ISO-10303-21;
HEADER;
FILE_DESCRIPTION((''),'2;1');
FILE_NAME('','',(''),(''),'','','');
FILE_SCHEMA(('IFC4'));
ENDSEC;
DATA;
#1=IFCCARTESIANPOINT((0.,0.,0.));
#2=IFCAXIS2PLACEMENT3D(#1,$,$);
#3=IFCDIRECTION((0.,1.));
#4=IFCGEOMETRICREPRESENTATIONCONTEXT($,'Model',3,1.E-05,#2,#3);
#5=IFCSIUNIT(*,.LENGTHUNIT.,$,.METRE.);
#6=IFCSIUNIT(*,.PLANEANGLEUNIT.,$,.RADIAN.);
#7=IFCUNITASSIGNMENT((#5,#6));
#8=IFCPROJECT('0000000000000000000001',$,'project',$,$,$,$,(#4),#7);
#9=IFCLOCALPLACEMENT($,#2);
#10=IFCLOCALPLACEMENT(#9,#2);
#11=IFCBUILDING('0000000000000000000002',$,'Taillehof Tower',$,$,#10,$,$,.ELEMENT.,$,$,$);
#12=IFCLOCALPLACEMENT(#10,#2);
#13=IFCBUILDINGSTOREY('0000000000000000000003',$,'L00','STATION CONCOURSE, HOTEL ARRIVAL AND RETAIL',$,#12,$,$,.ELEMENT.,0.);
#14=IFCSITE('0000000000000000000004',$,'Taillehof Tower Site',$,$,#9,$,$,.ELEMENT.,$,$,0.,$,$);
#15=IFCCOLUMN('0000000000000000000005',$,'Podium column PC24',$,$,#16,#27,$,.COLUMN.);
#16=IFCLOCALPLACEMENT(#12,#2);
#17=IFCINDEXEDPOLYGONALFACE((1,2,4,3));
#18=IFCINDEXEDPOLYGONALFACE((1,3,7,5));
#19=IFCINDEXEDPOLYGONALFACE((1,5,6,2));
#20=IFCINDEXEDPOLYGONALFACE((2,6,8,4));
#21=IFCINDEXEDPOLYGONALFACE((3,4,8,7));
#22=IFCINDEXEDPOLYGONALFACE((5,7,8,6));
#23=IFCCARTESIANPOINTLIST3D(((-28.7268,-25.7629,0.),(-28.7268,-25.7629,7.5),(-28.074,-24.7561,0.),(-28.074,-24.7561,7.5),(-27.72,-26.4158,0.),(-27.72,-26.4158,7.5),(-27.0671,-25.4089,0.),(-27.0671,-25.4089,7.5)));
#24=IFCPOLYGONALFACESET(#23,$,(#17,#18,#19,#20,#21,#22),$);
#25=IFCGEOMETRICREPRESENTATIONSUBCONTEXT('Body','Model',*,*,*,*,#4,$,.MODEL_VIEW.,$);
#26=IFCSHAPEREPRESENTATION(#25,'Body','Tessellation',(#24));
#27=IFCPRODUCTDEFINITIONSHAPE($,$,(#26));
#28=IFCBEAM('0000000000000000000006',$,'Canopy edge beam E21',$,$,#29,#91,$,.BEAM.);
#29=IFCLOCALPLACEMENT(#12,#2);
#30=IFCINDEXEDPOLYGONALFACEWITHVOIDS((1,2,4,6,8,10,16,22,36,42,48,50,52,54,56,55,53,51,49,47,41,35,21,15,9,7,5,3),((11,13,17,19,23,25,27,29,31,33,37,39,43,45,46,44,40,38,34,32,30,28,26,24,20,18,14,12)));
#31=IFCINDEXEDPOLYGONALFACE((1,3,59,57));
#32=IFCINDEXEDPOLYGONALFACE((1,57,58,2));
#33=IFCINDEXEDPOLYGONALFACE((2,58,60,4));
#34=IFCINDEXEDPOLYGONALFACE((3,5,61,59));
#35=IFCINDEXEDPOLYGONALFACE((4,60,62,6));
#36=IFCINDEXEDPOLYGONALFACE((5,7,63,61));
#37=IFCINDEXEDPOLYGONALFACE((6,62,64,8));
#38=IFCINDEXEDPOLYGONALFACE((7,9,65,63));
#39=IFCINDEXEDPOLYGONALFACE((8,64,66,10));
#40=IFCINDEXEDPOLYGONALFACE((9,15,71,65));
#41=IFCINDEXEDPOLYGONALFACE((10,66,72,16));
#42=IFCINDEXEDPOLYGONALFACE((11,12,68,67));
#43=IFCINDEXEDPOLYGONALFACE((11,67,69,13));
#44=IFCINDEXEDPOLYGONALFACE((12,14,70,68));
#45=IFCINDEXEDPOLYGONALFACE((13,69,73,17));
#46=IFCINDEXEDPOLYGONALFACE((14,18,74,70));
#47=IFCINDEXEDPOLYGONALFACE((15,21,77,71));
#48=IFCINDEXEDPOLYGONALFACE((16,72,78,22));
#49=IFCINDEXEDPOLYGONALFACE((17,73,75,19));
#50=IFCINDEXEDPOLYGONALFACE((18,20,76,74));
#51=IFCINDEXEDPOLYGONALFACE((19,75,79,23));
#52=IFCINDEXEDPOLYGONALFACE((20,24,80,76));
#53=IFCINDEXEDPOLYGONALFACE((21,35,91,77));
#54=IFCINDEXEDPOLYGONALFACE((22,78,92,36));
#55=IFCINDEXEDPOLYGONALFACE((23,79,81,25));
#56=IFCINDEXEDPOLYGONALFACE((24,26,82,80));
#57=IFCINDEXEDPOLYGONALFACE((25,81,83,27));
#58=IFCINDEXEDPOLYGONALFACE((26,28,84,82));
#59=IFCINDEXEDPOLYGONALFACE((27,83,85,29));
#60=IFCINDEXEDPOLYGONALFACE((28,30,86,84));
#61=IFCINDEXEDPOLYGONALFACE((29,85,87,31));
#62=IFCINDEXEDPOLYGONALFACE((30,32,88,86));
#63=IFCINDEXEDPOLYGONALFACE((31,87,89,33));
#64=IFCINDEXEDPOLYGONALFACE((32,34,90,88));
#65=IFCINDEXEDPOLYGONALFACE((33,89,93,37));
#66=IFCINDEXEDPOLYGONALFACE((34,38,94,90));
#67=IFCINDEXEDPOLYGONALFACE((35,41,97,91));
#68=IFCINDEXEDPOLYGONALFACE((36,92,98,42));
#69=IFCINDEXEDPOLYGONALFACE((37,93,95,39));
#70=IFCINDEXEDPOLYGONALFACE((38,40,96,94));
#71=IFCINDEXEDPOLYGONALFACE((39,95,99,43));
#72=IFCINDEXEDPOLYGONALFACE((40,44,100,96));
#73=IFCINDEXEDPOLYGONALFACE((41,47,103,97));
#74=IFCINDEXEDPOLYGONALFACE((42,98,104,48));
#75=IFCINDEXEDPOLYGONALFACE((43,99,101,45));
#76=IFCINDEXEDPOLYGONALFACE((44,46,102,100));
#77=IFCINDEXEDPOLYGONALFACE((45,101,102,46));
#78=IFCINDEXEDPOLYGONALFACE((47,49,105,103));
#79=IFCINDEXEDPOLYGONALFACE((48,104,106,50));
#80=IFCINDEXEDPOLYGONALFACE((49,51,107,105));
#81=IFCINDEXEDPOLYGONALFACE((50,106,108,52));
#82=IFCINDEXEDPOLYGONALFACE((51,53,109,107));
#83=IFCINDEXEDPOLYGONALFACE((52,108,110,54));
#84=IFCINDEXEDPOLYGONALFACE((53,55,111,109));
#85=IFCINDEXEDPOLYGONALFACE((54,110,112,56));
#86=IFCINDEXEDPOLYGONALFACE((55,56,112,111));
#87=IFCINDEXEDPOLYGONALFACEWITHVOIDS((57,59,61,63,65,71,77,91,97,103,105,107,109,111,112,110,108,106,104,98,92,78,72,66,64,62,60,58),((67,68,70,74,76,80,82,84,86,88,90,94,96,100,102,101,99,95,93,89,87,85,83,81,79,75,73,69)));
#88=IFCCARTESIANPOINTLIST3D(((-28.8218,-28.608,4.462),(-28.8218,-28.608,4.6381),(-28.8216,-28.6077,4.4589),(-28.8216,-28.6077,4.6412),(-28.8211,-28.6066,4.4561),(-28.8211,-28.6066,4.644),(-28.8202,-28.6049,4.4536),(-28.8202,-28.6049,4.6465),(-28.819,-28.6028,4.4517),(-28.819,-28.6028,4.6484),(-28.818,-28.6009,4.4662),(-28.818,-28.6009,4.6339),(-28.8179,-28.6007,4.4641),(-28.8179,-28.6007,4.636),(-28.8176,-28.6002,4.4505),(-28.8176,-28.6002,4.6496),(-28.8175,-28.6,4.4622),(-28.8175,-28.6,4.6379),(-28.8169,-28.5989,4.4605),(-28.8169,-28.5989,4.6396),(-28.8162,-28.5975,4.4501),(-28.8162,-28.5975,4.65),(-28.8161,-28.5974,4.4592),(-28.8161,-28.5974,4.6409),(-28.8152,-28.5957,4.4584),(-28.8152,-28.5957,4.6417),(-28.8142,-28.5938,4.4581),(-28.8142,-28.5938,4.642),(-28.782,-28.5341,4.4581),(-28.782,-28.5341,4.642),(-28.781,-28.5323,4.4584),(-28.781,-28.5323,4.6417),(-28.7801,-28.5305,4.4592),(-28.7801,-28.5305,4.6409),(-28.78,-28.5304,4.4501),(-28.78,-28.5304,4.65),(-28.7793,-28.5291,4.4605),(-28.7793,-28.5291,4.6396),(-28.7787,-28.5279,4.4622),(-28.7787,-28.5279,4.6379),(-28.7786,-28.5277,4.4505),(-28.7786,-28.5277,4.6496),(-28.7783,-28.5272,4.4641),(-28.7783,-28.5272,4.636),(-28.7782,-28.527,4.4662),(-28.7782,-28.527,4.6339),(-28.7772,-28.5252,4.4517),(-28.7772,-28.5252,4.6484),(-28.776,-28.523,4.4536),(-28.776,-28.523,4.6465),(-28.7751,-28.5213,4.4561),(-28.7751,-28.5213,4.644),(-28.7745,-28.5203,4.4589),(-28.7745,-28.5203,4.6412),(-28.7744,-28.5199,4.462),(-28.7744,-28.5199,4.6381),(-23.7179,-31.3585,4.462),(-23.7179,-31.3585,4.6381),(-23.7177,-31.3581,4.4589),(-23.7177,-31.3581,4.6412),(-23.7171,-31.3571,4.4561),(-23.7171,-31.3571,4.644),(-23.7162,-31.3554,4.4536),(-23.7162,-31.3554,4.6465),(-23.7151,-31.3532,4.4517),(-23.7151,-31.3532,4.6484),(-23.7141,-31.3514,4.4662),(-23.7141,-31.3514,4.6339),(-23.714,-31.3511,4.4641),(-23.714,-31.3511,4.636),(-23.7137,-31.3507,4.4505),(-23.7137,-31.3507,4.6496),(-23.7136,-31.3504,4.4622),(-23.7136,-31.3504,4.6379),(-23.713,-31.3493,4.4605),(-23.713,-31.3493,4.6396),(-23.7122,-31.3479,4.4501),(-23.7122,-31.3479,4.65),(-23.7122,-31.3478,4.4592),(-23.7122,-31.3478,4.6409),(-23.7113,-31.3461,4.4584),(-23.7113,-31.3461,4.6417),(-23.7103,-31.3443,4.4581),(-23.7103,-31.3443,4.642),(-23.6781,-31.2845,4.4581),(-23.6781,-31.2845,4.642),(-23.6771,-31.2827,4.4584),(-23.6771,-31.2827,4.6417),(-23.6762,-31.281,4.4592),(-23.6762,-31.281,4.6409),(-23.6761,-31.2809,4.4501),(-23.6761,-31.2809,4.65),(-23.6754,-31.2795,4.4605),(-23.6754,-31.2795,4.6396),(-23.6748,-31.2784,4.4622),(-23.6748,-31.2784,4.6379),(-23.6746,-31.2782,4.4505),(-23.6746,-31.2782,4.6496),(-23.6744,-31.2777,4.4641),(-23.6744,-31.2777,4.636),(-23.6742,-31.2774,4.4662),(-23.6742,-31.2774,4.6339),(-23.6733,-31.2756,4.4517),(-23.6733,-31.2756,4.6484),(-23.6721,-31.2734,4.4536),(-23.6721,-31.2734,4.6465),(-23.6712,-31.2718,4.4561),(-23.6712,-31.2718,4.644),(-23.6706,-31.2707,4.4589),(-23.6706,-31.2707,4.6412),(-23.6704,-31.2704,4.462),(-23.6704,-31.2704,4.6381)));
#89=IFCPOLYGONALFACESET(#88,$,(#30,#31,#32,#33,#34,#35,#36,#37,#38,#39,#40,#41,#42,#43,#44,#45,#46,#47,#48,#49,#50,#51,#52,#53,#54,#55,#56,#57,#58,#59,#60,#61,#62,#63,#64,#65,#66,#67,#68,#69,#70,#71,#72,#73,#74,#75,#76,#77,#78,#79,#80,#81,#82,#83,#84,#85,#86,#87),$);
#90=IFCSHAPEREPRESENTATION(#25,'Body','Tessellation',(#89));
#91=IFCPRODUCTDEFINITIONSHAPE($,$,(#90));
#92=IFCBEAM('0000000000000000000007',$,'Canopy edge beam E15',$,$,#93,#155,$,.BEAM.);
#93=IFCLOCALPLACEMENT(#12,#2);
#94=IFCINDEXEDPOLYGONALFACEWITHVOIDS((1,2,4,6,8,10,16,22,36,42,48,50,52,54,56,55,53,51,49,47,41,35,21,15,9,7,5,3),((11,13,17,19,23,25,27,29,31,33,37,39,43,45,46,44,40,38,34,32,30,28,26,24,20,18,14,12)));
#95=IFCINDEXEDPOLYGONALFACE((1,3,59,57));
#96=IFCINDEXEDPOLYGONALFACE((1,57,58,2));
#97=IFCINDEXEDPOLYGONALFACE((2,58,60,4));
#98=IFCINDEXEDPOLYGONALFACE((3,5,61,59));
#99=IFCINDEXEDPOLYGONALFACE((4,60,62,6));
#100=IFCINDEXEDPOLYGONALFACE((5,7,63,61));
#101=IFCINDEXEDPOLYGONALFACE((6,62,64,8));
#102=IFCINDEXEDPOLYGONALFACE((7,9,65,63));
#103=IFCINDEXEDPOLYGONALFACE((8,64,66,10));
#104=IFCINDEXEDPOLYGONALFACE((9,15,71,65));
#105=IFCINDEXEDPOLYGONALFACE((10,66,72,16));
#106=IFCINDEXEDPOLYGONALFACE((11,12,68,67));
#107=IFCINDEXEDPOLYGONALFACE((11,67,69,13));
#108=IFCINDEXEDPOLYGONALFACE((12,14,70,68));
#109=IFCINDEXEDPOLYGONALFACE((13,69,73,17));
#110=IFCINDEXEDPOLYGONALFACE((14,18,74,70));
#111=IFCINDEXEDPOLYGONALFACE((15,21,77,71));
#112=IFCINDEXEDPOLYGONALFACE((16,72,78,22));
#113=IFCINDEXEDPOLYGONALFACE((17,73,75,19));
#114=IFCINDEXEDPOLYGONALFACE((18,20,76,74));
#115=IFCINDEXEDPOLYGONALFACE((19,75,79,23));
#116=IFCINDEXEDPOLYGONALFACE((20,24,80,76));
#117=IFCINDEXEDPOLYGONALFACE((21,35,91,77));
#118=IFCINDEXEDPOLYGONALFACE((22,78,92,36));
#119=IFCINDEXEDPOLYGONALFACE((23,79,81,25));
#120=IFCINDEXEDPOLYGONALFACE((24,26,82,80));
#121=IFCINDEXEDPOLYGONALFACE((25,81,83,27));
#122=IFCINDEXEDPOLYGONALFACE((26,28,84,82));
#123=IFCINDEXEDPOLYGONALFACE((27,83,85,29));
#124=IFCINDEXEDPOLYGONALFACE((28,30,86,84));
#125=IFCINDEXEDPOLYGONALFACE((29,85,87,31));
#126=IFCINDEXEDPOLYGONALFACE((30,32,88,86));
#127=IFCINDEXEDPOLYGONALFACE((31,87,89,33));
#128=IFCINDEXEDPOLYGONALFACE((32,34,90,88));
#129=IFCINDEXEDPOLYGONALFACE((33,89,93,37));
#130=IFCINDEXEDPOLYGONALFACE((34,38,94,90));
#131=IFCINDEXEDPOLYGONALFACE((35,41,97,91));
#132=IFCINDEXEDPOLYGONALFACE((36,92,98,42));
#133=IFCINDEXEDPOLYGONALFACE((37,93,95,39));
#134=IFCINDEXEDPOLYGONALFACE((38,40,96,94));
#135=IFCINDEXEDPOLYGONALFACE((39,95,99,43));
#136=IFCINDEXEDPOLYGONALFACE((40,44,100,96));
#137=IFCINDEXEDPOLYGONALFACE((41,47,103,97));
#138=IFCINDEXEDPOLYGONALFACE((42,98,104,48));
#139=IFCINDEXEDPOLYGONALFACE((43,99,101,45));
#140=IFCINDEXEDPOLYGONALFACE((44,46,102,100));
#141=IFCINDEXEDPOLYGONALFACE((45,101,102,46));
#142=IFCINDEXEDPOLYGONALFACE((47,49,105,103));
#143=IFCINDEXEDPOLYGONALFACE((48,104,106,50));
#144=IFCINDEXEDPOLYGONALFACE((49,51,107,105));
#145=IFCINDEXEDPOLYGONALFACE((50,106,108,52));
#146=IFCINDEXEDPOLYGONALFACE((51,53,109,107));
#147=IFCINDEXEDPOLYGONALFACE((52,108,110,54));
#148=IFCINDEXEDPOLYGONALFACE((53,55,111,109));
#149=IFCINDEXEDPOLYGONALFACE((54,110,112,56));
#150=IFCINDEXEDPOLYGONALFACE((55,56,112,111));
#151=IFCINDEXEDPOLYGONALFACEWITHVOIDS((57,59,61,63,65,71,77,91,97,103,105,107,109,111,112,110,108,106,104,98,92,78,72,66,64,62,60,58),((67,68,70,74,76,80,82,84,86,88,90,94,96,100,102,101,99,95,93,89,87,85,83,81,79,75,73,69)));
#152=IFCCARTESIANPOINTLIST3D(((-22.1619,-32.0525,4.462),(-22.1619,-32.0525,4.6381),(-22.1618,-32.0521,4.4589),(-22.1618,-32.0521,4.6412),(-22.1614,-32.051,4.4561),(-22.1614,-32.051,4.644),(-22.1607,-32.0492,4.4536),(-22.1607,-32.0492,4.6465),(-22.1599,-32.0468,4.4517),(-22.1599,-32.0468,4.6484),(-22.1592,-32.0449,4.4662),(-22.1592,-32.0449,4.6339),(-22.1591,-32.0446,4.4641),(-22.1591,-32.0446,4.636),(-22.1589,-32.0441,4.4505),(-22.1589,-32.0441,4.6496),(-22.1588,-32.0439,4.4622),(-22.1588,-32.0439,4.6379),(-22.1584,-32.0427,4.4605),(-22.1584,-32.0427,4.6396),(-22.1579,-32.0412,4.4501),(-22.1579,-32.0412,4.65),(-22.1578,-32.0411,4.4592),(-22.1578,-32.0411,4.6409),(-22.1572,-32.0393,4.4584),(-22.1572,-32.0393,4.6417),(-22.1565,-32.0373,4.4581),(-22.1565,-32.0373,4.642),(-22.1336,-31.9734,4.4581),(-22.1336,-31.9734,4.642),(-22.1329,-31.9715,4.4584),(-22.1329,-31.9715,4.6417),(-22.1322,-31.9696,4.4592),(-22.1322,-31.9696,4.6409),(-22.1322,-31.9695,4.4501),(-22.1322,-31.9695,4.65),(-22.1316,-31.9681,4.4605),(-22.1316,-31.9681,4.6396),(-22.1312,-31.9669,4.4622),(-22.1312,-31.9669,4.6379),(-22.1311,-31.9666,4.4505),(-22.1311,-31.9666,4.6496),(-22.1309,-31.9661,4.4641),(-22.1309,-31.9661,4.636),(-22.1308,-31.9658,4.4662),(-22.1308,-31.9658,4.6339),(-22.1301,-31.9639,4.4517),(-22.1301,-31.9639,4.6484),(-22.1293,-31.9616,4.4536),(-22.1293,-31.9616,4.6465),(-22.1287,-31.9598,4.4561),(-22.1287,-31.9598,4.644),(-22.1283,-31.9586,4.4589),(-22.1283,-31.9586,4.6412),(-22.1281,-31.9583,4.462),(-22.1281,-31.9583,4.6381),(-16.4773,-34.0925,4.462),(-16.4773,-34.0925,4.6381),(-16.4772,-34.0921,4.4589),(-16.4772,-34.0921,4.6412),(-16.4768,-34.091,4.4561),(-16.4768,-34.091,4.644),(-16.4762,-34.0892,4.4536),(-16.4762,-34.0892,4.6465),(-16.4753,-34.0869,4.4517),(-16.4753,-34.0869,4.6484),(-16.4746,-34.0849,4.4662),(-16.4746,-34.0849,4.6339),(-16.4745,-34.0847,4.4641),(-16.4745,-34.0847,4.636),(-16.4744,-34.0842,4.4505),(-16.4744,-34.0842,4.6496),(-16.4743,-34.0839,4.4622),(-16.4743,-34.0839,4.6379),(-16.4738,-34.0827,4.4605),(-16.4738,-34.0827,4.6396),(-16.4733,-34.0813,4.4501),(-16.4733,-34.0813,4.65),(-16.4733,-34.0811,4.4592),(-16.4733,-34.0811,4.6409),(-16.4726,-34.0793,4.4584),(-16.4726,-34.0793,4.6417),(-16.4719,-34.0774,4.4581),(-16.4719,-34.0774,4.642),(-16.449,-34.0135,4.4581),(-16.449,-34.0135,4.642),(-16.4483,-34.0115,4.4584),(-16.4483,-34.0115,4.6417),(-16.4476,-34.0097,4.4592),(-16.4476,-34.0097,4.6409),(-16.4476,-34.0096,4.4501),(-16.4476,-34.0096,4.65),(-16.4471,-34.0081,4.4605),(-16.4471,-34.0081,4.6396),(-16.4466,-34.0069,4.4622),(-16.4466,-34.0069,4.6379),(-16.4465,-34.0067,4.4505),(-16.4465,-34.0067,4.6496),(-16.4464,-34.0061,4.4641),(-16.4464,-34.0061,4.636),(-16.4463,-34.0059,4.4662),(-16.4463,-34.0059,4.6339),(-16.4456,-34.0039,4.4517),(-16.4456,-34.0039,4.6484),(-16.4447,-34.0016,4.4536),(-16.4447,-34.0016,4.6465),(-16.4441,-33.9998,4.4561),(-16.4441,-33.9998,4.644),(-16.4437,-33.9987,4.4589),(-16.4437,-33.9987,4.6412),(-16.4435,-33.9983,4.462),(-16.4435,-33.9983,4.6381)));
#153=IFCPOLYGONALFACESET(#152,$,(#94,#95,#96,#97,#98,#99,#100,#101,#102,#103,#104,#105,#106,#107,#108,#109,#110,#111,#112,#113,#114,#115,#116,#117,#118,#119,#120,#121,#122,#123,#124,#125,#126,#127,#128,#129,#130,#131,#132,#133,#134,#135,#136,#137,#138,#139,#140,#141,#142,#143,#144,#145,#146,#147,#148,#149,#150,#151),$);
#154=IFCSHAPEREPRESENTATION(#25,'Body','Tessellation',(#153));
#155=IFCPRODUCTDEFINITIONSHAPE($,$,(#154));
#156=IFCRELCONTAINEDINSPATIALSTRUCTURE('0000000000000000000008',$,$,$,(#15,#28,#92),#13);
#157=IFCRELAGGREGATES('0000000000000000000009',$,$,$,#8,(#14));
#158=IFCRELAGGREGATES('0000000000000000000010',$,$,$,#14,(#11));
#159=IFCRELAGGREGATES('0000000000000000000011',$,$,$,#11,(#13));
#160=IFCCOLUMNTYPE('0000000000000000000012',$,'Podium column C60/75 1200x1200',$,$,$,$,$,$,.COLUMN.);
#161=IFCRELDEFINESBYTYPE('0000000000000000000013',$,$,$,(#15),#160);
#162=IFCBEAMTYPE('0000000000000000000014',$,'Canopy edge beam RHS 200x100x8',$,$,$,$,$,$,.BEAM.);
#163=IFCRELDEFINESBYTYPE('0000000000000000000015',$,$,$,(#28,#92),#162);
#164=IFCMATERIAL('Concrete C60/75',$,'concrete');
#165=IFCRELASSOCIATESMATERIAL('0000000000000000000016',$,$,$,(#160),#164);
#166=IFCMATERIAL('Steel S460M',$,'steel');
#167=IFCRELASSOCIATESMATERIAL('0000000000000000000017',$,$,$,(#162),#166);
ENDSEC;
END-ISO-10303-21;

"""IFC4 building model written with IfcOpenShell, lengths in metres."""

from ifc_helpers import new_model, si_unit, direction, frame, origin, origin_2d, place, context, subcontext, project, spatial, rectangle, hollow_rectangle, extrude, material, material_profile, profile_set, type_object, element, save


model = new_model("IFC4")

# Units and contexts
model_context = context("Model", 3, precision=1e-05, world=origin(), true_north=direction((0.0, 1.0)))
body_context = subcontext(model_context, "Body", "Model", "MODEL_VIEW")
ifc_project = project(units=[si_unit("LENGTHUNIT", "METRE"), si_unit("PLANEANGLEUNIT", "RADIAN")], contexts=[model_context])

# Site, building, storey
site_placement = place(None, origin())
site = spatial("IfcSite", under=ifc_project, at=site_placement, Name="Taillehof Tower Site", CompositionType="ELEMENT", RefElevation=0.0)
building_placement = place(site_placement, origin())
building = spatial("IfcBuilding", under=site, at=building_placement, Name="Taillehof Tower", CompositionType="ELEMENT")
storey_placement = place(building_placement, origin())
storey = spatial("IfcBuildingStorey", under=building, at=storey_placement, Name="L00", Description="STATION CONCOURSE, HOTEL ARRIVAL AND RETAIL", CompositionType="ELEMENT", Elevation=0.0)

# Column
ifc_material_1 = material(Name="Concrete C60/75", Category="concrete")
ifc_material_profile_1 = material_profile(ifc_material_1, rectangle(XDim=1.2, YDim=1.2, at=origin_2d()), Name="RC 1200x1200")
ifc_profile_set_1 = profile_set([ifc_material_profile_1], Name="Concrete C60/75")
column_type_1 = type_object("IfcColumnType", Name="Podium column C60/75 1200x1200", PredefinedType="COLUMN", material=ifc_profile_set_1)
column_placement = place(storey_placement, frame((-27.897, -25.5859, 0.0), z_axis=(0.0, 0.0, 1.0), x_axis=(-0.544041, -0.839058, 0.0)))
element("IfcColumn", 1, at=column_placement, inside=storey, type_object=column_type_1, Name="Podium column PC24", PredefinedType="COLUMN", context=body_context, shape_type="SweptSolid", body=[
    extrude(rectangle(XDim=1.2, YDim=1.2, at=origin_2d()), origin(), (0.0, 0.0, 1.0), 7.5),
])

# Beams
ifc_material_2 = material(Name="Steel S460M", Category="steel")
ifc_material_profile_2 = material_profile(ifc_material_2, hollow_rectangle(XDim=0.1001, YDim=0.2, WallThickness=0.0081, InnerFilletRadius=0.0081, OuterFilletRadius=0.012, at=origin_2d()), Name="RHS 200x100x8")
ifc_profile_set_2 = profile_set([ifc_material_profile_2], Name="Steel S460M")
beam_type_1 = type_object("IfcBeamType", Name="Canopy edge beam RHS 200x100x8", PredefinedType="BEAM", material=ifc_profile_set_2)
beam_1_placement = place(storey_placement, frame((-28.7981, -28.564, 4.55), z_axis=(0.880314, -0.474391, 0.0), x_axis=(0.474391, 0.880314, 0.0)))
element("IfcBeam", 2, at=beam_1_placement, inside=storey, type_object=beam_type_1, Name="Canopy edge beam E21", PredefinedType="BEAM", context=body_context, shape_type="SweptSolid", body=[
    extrude(hollow_rectangle(XDim=0.1001, YDim=0.2, WallThickness=0.0081, InnerFilletRadius=0.0081, OuterFilletRadius=0.012, at=origin_2d()), origin(), (0.0, 0.0, 1.0), 5.7979),
])
beam_2_placement = place(storey_placement, frame((-22.145, -32.0054, 4.55), z_axis=(0.941225, -0.33778, 0.0), x_axis=(0.33778, 0.941225, 0.0)))
element("IfcBeam", 3, at=beam_2_placement, inside=storey, type_object=beam_type_1, Name="Canopy edge beam E15", PredefinedType="BEAM", context=body_context, shape_type="SweptSolid", body=[
    extrude(hollow_rectangle(XDim=0.1001, YDim=0.2, WallThickness=0.0081, InnerFilletRadius=0.0081, OuterFilletRadius=0.012, at=origin_2d()), origin(), (0.0, 0.0, 1.0), 6.0396),
])

save(model, "model.ifc")
